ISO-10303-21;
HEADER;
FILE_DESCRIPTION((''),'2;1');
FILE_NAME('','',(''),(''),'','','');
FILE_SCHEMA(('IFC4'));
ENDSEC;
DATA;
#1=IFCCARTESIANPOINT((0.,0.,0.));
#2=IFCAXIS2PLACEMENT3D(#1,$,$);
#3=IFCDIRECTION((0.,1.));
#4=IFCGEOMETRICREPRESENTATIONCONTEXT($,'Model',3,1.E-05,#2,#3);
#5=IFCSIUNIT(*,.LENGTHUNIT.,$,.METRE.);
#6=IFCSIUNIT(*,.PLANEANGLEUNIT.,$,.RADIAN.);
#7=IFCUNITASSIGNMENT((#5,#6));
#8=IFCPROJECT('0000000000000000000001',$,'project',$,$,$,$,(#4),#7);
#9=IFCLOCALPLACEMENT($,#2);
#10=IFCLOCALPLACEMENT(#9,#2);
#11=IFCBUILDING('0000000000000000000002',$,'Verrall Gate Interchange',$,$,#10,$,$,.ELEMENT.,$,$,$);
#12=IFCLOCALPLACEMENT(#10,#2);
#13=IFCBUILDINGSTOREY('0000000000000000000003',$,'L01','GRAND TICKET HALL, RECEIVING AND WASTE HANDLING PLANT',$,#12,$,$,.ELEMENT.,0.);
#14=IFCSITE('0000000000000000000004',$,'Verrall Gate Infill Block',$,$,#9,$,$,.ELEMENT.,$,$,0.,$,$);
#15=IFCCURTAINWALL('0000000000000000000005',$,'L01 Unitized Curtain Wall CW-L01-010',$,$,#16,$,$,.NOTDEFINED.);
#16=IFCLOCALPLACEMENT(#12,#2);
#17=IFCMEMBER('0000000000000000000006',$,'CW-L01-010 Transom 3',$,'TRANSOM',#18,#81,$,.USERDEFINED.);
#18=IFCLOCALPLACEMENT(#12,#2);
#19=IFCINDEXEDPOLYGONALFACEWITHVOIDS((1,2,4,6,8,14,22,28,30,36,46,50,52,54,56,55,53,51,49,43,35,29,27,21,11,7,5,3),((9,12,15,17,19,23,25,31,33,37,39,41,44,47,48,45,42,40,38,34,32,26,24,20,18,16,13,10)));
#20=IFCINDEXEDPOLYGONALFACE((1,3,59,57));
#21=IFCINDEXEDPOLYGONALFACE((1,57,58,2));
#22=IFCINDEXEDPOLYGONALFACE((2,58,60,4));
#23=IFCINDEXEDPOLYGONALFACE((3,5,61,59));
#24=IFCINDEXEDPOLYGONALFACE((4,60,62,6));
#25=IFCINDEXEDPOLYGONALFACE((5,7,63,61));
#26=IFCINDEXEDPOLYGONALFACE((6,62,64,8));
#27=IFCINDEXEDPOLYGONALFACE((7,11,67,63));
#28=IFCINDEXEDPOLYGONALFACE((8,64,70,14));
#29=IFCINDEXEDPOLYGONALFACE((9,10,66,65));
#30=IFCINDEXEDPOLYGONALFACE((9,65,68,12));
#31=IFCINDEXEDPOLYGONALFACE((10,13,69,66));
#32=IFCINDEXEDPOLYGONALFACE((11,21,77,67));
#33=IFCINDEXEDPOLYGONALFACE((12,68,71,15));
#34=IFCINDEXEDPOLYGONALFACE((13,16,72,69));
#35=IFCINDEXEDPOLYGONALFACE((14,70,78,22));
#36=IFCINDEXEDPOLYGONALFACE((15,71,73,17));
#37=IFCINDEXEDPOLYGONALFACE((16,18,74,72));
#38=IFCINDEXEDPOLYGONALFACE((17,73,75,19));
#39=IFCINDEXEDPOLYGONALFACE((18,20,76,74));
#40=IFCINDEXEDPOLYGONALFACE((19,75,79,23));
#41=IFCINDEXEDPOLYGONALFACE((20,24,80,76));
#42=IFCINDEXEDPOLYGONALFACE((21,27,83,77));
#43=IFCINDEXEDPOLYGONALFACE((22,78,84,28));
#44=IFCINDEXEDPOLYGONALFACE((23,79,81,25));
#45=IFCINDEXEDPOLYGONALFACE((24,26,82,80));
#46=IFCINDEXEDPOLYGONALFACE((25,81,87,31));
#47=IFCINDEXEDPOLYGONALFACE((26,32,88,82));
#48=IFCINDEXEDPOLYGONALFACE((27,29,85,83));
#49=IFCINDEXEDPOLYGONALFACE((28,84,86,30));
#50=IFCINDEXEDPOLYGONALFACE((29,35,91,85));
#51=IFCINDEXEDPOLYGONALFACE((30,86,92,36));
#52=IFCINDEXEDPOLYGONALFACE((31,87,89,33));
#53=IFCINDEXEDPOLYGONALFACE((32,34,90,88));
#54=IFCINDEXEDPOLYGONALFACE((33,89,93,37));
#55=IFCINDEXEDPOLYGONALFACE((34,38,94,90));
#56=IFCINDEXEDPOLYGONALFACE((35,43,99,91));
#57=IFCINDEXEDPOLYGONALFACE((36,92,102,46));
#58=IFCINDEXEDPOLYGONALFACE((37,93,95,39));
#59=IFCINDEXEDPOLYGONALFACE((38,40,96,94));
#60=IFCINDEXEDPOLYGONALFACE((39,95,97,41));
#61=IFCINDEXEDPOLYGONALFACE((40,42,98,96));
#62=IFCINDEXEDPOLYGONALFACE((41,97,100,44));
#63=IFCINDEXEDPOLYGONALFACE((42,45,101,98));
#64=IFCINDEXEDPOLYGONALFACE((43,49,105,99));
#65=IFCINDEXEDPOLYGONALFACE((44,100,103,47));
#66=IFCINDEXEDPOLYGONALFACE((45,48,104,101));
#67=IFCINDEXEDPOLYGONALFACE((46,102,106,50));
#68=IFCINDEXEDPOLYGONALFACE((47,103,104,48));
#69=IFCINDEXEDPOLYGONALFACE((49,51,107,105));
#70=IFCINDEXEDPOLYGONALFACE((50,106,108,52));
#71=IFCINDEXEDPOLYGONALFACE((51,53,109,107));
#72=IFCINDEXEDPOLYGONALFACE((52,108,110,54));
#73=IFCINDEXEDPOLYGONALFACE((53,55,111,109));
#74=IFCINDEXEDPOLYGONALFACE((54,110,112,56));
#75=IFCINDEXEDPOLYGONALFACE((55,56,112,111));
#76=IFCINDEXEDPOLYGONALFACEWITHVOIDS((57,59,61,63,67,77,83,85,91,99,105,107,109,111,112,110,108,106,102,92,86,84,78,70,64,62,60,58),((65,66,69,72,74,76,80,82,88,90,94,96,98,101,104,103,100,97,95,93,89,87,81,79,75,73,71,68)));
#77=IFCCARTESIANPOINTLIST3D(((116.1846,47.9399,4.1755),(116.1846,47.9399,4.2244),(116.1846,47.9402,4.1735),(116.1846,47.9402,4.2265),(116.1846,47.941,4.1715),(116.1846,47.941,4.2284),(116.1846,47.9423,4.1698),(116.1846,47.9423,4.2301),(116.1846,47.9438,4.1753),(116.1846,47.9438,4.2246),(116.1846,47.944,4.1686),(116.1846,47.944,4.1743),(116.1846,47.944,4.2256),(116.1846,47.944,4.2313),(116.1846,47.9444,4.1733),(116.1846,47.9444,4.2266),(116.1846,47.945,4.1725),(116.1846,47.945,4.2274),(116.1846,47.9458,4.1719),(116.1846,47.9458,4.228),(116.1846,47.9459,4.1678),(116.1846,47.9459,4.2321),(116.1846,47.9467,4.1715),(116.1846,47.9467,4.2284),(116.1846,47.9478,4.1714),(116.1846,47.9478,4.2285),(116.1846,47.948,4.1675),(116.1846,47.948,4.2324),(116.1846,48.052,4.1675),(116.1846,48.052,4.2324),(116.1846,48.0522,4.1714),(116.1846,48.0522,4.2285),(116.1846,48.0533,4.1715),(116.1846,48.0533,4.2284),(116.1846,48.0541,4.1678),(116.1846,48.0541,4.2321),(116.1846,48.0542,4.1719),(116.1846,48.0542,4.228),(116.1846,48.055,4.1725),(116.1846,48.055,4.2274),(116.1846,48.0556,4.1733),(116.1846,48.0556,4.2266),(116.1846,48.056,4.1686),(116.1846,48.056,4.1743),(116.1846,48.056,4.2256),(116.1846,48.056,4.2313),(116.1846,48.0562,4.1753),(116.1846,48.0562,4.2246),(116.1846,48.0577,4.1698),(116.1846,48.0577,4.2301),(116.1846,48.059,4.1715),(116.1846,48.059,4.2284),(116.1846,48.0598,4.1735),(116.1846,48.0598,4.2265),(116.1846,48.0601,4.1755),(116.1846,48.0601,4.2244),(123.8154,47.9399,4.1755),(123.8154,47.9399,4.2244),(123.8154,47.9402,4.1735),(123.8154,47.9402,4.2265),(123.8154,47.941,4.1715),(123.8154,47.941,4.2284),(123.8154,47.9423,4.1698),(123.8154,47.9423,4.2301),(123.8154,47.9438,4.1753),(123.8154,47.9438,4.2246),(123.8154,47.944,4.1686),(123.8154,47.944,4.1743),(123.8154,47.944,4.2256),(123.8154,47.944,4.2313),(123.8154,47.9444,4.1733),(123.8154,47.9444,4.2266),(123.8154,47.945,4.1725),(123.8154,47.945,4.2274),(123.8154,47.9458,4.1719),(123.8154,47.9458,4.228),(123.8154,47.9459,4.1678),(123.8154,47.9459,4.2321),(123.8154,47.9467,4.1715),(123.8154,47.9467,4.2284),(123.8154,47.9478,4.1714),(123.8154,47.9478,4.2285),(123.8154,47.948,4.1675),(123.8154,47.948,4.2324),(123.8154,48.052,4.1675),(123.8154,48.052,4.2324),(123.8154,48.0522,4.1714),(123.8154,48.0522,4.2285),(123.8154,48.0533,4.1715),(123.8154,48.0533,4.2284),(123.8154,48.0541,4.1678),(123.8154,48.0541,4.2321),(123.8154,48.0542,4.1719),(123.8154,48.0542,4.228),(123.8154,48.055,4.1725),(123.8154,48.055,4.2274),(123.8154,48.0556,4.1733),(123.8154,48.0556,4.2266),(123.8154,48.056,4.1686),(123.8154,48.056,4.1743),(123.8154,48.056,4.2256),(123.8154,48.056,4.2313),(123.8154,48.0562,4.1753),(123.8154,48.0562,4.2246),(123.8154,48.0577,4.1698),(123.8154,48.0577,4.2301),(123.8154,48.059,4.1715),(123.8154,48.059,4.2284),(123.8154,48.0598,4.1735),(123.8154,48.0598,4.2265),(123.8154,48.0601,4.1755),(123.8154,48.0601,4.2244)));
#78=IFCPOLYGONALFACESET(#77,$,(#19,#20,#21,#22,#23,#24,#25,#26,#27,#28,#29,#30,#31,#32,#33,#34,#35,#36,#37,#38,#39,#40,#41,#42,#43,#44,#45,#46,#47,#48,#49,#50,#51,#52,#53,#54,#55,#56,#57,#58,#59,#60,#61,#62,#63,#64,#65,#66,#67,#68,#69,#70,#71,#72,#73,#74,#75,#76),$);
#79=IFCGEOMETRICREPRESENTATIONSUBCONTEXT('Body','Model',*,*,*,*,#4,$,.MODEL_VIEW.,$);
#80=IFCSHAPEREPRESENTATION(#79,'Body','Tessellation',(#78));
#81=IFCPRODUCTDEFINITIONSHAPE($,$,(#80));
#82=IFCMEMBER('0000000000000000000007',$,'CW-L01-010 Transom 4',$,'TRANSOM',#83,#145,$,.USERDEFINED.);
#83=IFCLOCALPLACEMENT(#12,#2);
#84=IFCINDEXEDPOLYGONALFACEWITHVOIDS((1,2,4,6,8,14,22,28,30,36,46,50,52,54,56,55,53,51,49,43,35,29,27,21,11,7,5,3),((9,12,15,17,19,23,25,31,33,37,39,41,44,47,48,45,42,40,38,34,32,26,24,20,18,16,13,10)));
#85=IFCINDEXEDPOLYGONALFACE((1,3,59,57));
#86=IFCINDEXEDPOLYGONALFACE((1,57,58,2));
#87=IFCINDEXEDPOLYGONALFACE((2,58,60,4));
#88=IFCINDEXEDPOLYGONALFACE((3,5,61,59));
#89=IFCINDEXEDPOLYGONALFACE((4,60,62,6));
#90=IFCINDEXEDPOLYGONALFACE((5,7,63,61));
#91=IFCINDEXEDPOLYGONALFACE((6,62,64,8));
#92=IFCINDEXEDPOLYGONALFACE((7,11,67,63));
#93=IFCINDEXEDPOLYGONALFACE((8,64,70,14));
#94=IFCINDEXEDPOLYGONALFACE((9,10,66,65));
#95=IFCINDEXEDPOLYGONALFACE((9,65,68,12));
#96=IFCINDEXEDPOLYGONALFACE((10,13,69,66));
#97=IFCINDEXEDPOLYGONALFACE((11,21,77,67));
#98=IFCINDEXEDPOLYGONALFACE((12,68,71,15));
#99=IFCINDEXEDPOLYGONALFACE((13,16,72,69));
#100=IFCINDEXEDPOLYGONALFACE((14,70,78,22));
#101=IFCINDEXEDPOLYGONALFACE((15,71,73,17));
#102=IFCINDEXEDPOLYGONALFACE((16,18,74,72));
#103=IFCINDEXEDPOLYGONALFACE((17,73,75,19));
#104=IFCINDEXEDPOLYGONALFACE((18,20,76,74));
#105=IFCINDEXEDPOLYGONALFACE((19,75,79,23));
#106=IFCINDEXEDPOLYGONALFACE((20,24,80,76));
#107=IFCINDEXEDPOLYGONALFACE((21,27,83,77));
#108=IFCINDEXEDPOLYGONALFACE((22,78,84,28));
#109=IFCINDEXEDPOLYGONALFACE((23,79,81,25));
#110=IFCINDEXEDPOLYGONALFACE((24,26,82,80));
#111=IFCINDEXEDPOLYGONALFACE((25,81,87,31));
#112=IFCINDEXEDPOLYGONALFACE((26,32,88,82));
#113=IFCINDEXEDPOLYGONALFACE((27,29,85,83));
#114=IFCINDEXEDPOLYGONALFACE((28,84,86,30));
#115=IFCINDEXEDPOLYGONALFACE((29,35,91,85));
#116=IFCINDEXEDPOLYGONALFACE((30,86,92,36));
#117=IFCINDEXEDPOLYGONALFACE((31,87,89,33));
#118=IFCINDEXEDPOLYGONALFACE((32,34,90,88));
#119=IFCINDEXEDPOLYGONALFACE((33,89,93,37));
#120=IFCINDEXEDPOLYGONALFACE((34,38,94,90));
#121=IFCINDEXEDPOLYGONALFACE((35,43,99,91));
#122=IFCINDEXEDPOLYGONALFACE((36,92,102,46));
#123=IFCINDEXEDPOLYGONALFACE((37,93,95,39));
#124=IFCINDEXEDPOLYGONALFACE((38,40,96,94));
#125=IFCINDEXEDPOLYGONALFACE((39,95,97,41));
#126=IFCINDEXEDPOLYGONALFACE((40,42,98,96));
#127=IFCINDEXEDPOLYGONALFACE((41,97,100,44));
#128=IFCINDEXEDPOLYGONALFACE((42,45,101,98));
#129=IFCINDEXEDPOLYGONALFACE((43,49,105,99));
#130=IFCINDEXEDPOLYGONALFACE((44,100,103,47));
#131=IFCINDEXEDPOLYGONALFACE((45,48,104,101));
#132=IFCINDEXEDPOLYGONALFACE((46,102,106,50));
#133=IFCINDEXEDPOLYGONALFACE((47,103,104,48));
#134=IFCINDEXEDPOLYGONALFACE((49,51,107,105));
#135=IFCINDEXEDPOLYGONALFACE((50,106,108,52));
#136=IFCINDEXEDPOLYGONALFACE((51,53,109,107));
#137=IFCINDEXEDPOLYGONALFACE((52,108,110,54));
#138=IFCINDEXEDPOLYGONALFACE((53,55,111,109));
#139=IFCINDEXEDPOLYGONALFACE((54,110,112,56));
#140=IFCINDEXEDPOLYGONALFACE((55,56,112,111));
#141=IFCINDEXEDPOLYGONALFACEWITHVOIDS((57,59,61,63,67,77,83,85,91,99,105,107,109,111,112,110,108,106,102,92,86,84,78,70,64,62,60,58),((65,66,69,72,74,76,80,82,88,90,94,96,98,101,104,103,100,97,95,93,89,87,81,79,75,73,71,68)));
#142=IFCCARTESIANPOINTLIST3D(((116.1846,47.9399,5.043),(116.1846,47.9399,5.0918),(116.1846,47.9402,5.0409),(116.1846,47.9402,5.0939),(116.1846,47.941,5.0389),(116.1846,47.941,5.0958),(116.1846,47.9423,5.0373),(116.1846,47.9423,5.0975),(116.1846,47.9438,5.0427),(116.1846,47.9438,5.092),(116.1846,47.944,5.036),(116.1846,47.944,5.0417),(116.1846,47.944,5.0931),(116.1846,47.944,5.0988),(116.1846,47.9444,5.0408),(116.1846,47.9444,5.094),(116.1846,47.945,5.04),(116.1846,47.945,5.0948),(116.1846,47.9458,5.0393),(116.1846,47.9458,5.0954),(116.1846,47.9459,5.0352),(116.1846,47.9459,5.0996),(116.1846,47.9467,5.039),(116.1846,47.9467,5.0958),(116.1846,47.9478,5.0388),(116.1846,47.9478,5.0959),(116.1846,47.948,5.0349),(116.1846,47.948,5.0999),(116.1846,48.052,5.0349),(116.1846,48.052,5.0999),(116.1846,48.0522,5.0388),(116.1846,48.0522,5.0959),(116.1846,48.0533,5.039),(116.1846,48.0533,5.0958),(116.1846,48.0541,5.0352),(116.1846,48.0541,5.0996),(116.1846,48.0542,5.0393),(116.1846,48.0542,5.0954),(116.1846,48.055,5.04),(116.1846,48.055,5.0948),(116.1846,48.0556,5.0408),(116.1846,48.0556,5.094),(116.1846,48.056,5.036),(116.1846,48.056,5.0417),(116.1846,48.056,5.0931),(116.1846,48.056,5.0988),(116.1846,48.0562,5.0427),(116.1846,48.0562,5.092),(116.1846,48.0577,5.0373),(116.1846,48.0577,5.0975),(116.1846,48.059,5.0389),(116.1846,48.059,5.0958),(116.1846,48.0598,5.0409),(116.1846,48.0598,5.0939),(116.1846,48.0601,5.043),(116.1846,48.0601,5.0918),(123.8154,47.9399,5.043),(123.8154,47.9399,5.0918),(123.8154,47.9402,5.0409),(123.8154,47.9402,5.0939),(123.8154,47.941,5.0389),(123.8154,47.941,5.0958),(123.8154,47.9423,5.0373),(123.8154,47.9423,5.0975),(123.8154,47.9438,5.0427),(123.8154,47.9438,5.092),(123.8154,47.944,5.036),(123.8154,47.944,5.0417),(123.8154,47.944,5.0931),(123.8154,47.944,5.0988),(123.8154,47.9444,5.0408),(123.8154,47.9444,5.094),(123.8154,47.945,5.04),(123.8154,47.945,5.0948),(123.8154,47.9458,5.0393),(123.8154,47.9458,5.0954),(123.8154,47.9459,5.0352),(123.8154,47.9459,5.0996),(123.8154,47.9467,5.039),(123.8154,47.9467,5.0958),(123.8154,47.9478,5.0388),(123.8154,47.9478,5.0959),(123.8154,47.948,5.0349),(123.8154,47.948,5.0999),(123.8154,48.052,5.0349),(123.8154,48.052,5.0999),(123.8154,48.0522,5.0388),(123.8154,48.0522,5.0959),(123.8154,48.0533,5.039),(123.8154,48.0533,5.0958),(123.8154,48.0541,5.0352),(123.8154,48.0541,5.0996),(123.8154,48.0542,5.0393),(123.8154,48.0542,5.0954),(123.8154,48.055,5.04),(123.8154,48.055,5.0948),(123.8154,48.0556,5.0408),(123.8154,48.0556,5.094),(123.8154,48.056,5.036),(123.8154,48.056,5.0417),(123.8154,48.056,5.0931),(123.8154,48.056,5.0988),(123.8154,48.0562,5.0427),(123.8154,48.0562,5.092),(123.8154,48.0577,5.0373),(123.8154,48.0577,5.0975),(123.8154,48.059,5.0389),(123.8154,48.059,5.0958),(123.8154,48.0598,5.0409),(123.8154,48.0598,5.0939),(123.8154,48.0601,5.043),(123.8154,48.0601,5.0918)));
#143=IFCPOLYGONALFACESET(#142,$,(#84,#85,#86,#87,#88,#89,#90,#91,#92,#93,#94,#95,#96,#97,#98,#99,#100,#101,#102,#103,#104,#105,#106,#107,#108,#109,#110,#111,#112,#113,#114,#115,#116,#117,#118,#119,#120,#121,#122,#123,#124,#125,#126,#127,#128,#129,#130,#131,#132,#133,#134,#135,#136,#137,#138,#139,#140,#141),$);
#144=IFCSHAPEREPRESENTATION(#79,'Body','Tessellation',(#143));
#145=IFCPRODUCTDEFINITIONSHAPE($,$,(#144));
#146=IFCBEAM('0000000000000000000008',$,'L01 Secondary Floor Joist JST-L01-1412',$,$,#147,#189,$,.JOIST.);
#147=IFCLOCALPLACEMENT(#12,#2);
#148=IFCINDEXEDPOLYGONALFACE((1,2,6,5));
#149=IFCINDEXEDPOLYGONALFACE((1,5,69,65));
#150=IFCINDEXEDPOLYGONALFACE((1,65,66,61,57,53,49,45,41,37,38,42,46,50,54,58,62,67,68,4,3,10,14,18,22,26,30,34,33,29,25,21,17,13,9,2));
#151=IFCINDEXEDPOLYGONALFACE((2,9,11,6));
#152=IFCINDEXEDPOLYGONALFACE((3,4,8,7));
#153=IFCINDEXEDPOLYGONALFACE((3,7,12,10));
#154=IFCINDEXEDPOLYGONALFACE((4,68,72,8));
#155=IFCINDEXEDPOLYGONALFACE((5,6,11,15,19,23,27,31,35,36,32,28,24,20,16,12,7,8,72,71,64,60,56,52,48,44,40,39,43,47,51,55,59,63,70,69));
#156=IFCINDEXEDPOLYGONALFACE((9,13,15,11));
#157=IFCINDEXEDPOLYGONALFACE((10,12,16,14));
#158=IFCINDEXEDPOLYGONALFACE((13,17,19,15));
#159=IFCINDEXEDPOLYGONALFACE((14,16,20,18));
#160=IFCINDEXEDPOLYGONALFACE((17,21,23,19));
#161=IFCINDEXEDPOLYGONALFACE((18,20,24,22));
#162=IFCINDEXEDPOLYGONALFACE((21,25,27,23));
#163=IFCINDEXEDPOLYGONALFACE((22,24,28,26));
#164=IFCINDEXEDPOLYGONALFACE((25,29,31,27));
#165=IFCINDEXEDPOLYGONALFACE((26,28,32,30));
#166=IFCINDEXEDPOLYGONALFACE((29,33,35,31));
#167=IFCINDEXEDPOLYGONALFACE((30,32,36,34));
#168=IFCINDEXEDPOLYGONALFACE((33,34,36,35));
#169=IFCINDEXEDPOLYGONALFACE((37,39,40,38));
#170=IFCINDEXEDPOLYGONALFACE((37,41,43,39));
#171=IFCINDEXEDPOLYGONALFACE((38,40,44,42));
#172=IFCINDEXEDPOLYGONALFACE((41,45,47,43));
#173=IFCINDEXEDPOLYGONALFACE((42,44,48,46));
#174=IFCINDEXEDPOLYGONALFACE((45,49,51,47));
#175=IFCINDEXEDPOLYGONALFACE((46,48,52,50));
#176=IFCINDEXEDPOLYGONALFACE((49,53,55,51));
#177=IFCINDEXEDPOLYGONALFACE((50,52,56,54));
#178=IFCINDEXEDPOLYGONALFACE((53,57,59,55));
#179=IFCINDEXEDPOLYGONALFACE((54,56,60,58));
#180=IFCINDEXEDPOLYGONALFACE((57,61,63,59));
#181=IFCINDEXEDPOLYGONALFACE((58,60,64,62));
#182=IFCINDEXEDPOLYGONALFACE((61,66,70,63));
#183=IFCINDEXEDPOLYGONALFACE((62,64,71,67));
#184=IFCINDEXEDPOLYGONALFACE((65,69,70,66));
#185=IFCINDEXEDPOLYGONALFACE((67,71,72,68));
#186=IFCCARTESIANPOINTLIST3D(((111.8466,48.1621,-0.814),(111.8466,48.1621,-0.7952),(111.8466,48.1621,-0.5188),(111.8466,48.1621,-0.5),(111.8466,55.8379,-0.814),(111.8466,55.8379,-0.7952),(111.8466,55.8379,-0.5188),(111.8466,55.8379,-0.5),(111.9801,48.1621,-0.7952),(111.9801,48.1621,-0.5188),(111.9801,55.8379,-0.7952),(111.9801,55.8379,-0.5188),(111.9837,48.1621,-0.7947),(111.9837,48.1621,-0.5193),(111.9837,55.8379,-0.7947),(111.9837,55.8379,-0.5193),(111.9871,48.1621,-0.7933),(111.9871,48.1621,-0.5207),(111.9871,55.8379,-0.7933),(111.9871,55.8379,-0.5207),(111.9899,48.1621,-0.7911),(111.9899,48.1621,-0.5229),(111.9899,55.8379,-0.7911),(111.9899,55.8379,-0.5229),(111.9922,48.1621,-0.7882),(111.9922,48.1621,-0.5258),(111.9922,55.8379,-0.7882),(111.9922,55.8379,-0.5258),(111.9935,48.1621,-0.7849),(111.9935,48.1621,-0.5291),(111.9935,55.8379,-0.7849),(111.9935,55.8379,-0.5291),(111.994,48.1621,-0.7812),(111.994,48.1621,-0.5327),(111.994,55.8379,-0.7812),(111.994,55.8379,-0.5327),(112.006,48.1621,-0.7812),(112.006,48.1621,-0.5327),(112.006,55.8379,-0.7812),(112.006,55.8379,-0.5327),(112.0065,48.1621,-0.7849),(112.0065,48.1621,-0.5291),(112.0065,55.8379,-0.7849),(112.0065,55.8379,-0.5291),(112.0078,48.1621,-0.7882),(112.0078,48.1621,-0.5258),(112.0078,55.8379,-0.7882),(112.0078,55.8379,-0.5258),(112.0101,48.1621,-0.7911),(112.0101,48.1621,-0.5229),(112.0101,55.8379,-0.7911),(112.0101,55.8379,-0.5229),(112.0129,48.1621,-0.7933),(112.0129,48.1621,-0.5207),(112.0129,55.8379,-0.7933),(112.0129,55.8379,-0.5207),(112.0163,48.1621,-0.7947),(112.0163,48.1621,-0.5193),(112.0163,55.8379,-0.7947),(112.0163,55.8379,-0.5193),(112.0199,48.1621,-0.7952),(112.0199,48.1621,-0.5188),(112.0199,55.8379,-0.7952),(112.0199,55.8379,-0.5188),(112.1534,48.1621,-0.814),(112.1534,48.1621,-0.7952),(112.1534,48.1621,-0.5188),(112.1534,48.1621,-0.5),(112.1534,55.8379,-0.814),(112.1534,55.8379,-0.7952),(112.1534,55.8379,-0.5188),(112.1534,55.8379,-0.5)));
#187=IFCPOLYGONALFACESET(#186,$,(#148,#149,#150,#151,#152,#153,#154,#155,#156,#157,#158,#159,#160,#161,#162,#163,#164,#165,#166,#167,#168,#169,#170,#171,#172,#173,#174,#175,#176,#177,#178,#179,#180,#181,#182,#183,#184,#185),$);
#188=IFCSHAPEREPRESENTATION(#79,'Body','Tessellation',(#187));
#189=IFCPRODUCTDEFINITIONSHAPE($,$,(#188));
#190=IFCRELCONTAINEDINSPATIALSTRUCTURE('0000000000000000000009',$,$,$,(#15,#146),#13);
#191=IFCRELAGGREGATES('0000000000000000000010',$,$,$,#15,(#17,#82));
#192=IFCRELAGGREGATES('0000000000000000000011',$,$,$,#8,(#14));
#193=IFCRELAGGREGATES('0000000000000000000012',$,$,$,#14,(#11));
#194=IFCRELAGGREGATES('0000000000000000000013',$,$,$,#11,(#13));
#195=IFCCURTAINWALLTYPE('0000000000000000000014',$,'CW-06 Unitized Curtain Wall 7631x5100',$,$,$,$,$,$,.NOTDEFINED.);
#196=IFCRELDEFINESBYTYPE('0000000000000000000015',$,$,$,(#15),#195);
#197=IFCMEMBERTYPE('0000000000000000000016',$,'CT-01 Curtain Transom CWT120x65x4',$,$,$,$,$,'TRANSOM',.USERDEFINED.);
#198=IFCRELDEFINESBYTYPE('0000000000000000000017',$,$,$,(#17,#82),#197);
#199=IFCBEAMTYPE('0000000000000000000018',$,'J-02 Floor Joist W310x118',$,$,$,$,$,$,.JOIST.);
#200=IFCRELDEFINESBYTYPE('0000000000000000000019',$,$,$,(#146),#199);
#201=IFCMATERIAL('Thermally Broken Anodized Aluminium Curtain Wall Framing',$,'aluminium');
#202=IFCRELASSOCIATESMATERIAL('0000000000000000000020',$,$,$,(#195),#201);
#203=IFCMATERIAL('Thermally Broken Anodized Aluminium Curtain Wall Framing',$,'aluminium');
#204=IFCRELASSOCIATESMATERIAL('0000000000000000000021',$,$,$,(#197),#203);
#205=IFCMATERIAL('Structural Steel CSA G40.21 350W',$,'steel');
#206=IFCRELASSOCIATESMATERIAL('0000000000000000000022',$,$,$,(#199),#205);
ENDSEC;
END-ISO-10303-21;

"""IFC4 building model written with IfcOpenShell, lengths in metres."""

from ifc_helpers import new_model, si_unit, direction, frame, origin, origin_2d, place, context, subcontext, project, spatial, hollow_rectangle, i_section, extrude, material, material_profile, profile_set, type_object, element, aggregate, save


model = new_model("IFC4")

# Units and contexts
model_context = context("Model", 3, precision=1e-05, world=origin(), true_north=direction((0.0, 1.0)))
body_context = subcontext(model_context, "Body", "Model", "MODEL_VIEW")
ifc_project = project(units=[si_unit("LENGTHUNIT", "METRE"), si_unit("PLANEANGLEUNIT", "RADIAN")], contexts=[model_context])

# Site, building, storey
site_placement = place(None, origin())
site = spatial("IfcSite", under=ifc_project, at=site_placement, Name="Verrall Gate Infill Block", CompositionType="ELEMENT", RefElevation=0.0)
building_placement = place(site_placement, origin())
building = spatial("IfcBuilding", under=site, at=building_placement, Name="Verrall Gate Interchange", CompositionType="ELEMENT")
storey_placement = place(building_placement, origin())
storey = spatial("IfcBuildingStorey", under=building, at=storey_placement, Name="L01", Description="GRAND TICKET HALL, RECEIVING AND WASTE HANDLING PLANT", CompositionType="ELEMENT", Elevation=0.0)

# Curtain wall, members
ifc_material_1 = material(Name="Thermally Broken Anodized Aluminium Curtain Wall Framing", Category="aluminium")
curtain_wall_type = type_object("IfcCurtainWallType", Name="CW-06 Unitized Curtain Wall 7631x5100", PredefinedType="NOTDEFINED", material=ifc_material_1)
curtain_wall_1_placement = place(storey_placement, origin())
curtain_wall_1 = element("IfcCurtainWall", 1, at=curtain_wall_1_placement, inside=storey, type_object=curtain_wall_type, Name="L01 Unitized Curtain Wall CW-L01-010", PredefinedType="NOTDEFINED")
ifc_material_2 = material(Name="Thermally Broken Anodized Aluminium Curtain Wall Framing", Category="aluminium")
ifc_material_profile_1 = material_profile(ifc_material_2, hollow_rectangle(XDim=0.1201, YDim=0.0649, WallThickness=0.0039, InnerFilletRadius=0.0039, OuterFilletRadius=0.0081, at=origin_2d()), Name="CWT120x65x4")
ifc_profile_set_1 = profile_set([ifc_material_profile_1], Name="Thermally Broken Anodized Aluminium Curtain Wall Framing")
member_type_1 = type_object("IfcMemberType", Name="CT-01 Curtain Transom CWT120x65x4", ElementType="TRANSOM", PredefinedType="USERDEFINED", material=ifc_profile_set_1)
member_1_placement = place(storey_placement, frame((116.1846, 48.0, 4.2), z_axis=(1.0, 0.0, 0.0), x_axis=(0.0, 1.0, 0.0)))
member_1 = element("IfcMember", 2, at=member_1_placement, type_object=member_type_1, Name="CW-L01-010 Transom 3", ObjectType="TRANSOM", PredefinedType="USERDEFINED", context=body_context, shape_type="SweptSolid", body=[
    extrude(hollow_rectangle(XDim=0.1201, YDim=0.0649, WallThickness=0.0039, InnerFilletRadius=0.0039, OuterFilletRadius=0.0081, at=origin_2d()), origin(), (0.0, 0.0, 1.0), 7.6309),
])
member_2_placement = place(storey_placement, frame((116.1846, 48.0, 5.0674), z_axis=(1.0, 0.0, 0.0), x_axis=(0.0, 1.0, 0.0)))
member_2 = element("IfcMember", 3, at=member_2_placement, type_object=member_type_1, Name="CW-L01-010 Transom 4", ObjectType="TRANSOM", PredefinedType="USERDEFINED", context=body_context, shape_type="SweptSolid", body=[
    extrude(hollow_rectangle(XDim=0.1201, YDim=0.0649, WallThickness=0.0039, InnerFilletRadius=0.0039, OuterFilletRadius=0.0081, at=origin_2d()), origin(), (0.0, 0.0, 1.0), 7.6309),
])
aggregate(curtain_wall_1, [member_1, member_2])

# Beam
ifc_material_3 = material(Name="Structural Steel CSA G40.21 350W", Category="steel")
ifc_material_profile_2 = material_profile(ifc_material_3, i_section(OverallWidth=0.3069, OverallDepth=0.314, WebThickness=0.012, FlangeThickness=0.0188, FilletRadius=0.0139, at=origin_2d()), Name="W310x118")
ifc_profile_set_2 = profile_set([ifc_material_profile_2], Name="Structural Steel CSA G40.21 350W")
beam_type_1 = type_object("IfcBeamType", Name="J-02 Floor Joist W310x118", PredefinedType="JOIST", material=ifc_profile_set_2)
beam_1_placement = place(storey_placement, frame((112.0, 48.1621, -0.657), z_axis=(0.0, 1.0, 0.0), x_axis=(-1.0, 0.0, 0.0)))
element("IfcBeam", 4, at=beam_1_placement, inside=storey, type_object=beam_type_1, Name="L01 Secondary Floor Joist JST-L01-1412", PredefinedType="JOIST", context=body_context, shape_type="SweptSolid", body=[
    extrude(i_section(OverallWidth=0.3069, OverallDepth=0.314, WebThickness=0.012, FlangeThickness=0.0188, FilletRadius=0.0139, at=origin_2d()), origin(), (0.0, 0.0, 1.0), 7.6758),
])

save(model, "model.ifc")
